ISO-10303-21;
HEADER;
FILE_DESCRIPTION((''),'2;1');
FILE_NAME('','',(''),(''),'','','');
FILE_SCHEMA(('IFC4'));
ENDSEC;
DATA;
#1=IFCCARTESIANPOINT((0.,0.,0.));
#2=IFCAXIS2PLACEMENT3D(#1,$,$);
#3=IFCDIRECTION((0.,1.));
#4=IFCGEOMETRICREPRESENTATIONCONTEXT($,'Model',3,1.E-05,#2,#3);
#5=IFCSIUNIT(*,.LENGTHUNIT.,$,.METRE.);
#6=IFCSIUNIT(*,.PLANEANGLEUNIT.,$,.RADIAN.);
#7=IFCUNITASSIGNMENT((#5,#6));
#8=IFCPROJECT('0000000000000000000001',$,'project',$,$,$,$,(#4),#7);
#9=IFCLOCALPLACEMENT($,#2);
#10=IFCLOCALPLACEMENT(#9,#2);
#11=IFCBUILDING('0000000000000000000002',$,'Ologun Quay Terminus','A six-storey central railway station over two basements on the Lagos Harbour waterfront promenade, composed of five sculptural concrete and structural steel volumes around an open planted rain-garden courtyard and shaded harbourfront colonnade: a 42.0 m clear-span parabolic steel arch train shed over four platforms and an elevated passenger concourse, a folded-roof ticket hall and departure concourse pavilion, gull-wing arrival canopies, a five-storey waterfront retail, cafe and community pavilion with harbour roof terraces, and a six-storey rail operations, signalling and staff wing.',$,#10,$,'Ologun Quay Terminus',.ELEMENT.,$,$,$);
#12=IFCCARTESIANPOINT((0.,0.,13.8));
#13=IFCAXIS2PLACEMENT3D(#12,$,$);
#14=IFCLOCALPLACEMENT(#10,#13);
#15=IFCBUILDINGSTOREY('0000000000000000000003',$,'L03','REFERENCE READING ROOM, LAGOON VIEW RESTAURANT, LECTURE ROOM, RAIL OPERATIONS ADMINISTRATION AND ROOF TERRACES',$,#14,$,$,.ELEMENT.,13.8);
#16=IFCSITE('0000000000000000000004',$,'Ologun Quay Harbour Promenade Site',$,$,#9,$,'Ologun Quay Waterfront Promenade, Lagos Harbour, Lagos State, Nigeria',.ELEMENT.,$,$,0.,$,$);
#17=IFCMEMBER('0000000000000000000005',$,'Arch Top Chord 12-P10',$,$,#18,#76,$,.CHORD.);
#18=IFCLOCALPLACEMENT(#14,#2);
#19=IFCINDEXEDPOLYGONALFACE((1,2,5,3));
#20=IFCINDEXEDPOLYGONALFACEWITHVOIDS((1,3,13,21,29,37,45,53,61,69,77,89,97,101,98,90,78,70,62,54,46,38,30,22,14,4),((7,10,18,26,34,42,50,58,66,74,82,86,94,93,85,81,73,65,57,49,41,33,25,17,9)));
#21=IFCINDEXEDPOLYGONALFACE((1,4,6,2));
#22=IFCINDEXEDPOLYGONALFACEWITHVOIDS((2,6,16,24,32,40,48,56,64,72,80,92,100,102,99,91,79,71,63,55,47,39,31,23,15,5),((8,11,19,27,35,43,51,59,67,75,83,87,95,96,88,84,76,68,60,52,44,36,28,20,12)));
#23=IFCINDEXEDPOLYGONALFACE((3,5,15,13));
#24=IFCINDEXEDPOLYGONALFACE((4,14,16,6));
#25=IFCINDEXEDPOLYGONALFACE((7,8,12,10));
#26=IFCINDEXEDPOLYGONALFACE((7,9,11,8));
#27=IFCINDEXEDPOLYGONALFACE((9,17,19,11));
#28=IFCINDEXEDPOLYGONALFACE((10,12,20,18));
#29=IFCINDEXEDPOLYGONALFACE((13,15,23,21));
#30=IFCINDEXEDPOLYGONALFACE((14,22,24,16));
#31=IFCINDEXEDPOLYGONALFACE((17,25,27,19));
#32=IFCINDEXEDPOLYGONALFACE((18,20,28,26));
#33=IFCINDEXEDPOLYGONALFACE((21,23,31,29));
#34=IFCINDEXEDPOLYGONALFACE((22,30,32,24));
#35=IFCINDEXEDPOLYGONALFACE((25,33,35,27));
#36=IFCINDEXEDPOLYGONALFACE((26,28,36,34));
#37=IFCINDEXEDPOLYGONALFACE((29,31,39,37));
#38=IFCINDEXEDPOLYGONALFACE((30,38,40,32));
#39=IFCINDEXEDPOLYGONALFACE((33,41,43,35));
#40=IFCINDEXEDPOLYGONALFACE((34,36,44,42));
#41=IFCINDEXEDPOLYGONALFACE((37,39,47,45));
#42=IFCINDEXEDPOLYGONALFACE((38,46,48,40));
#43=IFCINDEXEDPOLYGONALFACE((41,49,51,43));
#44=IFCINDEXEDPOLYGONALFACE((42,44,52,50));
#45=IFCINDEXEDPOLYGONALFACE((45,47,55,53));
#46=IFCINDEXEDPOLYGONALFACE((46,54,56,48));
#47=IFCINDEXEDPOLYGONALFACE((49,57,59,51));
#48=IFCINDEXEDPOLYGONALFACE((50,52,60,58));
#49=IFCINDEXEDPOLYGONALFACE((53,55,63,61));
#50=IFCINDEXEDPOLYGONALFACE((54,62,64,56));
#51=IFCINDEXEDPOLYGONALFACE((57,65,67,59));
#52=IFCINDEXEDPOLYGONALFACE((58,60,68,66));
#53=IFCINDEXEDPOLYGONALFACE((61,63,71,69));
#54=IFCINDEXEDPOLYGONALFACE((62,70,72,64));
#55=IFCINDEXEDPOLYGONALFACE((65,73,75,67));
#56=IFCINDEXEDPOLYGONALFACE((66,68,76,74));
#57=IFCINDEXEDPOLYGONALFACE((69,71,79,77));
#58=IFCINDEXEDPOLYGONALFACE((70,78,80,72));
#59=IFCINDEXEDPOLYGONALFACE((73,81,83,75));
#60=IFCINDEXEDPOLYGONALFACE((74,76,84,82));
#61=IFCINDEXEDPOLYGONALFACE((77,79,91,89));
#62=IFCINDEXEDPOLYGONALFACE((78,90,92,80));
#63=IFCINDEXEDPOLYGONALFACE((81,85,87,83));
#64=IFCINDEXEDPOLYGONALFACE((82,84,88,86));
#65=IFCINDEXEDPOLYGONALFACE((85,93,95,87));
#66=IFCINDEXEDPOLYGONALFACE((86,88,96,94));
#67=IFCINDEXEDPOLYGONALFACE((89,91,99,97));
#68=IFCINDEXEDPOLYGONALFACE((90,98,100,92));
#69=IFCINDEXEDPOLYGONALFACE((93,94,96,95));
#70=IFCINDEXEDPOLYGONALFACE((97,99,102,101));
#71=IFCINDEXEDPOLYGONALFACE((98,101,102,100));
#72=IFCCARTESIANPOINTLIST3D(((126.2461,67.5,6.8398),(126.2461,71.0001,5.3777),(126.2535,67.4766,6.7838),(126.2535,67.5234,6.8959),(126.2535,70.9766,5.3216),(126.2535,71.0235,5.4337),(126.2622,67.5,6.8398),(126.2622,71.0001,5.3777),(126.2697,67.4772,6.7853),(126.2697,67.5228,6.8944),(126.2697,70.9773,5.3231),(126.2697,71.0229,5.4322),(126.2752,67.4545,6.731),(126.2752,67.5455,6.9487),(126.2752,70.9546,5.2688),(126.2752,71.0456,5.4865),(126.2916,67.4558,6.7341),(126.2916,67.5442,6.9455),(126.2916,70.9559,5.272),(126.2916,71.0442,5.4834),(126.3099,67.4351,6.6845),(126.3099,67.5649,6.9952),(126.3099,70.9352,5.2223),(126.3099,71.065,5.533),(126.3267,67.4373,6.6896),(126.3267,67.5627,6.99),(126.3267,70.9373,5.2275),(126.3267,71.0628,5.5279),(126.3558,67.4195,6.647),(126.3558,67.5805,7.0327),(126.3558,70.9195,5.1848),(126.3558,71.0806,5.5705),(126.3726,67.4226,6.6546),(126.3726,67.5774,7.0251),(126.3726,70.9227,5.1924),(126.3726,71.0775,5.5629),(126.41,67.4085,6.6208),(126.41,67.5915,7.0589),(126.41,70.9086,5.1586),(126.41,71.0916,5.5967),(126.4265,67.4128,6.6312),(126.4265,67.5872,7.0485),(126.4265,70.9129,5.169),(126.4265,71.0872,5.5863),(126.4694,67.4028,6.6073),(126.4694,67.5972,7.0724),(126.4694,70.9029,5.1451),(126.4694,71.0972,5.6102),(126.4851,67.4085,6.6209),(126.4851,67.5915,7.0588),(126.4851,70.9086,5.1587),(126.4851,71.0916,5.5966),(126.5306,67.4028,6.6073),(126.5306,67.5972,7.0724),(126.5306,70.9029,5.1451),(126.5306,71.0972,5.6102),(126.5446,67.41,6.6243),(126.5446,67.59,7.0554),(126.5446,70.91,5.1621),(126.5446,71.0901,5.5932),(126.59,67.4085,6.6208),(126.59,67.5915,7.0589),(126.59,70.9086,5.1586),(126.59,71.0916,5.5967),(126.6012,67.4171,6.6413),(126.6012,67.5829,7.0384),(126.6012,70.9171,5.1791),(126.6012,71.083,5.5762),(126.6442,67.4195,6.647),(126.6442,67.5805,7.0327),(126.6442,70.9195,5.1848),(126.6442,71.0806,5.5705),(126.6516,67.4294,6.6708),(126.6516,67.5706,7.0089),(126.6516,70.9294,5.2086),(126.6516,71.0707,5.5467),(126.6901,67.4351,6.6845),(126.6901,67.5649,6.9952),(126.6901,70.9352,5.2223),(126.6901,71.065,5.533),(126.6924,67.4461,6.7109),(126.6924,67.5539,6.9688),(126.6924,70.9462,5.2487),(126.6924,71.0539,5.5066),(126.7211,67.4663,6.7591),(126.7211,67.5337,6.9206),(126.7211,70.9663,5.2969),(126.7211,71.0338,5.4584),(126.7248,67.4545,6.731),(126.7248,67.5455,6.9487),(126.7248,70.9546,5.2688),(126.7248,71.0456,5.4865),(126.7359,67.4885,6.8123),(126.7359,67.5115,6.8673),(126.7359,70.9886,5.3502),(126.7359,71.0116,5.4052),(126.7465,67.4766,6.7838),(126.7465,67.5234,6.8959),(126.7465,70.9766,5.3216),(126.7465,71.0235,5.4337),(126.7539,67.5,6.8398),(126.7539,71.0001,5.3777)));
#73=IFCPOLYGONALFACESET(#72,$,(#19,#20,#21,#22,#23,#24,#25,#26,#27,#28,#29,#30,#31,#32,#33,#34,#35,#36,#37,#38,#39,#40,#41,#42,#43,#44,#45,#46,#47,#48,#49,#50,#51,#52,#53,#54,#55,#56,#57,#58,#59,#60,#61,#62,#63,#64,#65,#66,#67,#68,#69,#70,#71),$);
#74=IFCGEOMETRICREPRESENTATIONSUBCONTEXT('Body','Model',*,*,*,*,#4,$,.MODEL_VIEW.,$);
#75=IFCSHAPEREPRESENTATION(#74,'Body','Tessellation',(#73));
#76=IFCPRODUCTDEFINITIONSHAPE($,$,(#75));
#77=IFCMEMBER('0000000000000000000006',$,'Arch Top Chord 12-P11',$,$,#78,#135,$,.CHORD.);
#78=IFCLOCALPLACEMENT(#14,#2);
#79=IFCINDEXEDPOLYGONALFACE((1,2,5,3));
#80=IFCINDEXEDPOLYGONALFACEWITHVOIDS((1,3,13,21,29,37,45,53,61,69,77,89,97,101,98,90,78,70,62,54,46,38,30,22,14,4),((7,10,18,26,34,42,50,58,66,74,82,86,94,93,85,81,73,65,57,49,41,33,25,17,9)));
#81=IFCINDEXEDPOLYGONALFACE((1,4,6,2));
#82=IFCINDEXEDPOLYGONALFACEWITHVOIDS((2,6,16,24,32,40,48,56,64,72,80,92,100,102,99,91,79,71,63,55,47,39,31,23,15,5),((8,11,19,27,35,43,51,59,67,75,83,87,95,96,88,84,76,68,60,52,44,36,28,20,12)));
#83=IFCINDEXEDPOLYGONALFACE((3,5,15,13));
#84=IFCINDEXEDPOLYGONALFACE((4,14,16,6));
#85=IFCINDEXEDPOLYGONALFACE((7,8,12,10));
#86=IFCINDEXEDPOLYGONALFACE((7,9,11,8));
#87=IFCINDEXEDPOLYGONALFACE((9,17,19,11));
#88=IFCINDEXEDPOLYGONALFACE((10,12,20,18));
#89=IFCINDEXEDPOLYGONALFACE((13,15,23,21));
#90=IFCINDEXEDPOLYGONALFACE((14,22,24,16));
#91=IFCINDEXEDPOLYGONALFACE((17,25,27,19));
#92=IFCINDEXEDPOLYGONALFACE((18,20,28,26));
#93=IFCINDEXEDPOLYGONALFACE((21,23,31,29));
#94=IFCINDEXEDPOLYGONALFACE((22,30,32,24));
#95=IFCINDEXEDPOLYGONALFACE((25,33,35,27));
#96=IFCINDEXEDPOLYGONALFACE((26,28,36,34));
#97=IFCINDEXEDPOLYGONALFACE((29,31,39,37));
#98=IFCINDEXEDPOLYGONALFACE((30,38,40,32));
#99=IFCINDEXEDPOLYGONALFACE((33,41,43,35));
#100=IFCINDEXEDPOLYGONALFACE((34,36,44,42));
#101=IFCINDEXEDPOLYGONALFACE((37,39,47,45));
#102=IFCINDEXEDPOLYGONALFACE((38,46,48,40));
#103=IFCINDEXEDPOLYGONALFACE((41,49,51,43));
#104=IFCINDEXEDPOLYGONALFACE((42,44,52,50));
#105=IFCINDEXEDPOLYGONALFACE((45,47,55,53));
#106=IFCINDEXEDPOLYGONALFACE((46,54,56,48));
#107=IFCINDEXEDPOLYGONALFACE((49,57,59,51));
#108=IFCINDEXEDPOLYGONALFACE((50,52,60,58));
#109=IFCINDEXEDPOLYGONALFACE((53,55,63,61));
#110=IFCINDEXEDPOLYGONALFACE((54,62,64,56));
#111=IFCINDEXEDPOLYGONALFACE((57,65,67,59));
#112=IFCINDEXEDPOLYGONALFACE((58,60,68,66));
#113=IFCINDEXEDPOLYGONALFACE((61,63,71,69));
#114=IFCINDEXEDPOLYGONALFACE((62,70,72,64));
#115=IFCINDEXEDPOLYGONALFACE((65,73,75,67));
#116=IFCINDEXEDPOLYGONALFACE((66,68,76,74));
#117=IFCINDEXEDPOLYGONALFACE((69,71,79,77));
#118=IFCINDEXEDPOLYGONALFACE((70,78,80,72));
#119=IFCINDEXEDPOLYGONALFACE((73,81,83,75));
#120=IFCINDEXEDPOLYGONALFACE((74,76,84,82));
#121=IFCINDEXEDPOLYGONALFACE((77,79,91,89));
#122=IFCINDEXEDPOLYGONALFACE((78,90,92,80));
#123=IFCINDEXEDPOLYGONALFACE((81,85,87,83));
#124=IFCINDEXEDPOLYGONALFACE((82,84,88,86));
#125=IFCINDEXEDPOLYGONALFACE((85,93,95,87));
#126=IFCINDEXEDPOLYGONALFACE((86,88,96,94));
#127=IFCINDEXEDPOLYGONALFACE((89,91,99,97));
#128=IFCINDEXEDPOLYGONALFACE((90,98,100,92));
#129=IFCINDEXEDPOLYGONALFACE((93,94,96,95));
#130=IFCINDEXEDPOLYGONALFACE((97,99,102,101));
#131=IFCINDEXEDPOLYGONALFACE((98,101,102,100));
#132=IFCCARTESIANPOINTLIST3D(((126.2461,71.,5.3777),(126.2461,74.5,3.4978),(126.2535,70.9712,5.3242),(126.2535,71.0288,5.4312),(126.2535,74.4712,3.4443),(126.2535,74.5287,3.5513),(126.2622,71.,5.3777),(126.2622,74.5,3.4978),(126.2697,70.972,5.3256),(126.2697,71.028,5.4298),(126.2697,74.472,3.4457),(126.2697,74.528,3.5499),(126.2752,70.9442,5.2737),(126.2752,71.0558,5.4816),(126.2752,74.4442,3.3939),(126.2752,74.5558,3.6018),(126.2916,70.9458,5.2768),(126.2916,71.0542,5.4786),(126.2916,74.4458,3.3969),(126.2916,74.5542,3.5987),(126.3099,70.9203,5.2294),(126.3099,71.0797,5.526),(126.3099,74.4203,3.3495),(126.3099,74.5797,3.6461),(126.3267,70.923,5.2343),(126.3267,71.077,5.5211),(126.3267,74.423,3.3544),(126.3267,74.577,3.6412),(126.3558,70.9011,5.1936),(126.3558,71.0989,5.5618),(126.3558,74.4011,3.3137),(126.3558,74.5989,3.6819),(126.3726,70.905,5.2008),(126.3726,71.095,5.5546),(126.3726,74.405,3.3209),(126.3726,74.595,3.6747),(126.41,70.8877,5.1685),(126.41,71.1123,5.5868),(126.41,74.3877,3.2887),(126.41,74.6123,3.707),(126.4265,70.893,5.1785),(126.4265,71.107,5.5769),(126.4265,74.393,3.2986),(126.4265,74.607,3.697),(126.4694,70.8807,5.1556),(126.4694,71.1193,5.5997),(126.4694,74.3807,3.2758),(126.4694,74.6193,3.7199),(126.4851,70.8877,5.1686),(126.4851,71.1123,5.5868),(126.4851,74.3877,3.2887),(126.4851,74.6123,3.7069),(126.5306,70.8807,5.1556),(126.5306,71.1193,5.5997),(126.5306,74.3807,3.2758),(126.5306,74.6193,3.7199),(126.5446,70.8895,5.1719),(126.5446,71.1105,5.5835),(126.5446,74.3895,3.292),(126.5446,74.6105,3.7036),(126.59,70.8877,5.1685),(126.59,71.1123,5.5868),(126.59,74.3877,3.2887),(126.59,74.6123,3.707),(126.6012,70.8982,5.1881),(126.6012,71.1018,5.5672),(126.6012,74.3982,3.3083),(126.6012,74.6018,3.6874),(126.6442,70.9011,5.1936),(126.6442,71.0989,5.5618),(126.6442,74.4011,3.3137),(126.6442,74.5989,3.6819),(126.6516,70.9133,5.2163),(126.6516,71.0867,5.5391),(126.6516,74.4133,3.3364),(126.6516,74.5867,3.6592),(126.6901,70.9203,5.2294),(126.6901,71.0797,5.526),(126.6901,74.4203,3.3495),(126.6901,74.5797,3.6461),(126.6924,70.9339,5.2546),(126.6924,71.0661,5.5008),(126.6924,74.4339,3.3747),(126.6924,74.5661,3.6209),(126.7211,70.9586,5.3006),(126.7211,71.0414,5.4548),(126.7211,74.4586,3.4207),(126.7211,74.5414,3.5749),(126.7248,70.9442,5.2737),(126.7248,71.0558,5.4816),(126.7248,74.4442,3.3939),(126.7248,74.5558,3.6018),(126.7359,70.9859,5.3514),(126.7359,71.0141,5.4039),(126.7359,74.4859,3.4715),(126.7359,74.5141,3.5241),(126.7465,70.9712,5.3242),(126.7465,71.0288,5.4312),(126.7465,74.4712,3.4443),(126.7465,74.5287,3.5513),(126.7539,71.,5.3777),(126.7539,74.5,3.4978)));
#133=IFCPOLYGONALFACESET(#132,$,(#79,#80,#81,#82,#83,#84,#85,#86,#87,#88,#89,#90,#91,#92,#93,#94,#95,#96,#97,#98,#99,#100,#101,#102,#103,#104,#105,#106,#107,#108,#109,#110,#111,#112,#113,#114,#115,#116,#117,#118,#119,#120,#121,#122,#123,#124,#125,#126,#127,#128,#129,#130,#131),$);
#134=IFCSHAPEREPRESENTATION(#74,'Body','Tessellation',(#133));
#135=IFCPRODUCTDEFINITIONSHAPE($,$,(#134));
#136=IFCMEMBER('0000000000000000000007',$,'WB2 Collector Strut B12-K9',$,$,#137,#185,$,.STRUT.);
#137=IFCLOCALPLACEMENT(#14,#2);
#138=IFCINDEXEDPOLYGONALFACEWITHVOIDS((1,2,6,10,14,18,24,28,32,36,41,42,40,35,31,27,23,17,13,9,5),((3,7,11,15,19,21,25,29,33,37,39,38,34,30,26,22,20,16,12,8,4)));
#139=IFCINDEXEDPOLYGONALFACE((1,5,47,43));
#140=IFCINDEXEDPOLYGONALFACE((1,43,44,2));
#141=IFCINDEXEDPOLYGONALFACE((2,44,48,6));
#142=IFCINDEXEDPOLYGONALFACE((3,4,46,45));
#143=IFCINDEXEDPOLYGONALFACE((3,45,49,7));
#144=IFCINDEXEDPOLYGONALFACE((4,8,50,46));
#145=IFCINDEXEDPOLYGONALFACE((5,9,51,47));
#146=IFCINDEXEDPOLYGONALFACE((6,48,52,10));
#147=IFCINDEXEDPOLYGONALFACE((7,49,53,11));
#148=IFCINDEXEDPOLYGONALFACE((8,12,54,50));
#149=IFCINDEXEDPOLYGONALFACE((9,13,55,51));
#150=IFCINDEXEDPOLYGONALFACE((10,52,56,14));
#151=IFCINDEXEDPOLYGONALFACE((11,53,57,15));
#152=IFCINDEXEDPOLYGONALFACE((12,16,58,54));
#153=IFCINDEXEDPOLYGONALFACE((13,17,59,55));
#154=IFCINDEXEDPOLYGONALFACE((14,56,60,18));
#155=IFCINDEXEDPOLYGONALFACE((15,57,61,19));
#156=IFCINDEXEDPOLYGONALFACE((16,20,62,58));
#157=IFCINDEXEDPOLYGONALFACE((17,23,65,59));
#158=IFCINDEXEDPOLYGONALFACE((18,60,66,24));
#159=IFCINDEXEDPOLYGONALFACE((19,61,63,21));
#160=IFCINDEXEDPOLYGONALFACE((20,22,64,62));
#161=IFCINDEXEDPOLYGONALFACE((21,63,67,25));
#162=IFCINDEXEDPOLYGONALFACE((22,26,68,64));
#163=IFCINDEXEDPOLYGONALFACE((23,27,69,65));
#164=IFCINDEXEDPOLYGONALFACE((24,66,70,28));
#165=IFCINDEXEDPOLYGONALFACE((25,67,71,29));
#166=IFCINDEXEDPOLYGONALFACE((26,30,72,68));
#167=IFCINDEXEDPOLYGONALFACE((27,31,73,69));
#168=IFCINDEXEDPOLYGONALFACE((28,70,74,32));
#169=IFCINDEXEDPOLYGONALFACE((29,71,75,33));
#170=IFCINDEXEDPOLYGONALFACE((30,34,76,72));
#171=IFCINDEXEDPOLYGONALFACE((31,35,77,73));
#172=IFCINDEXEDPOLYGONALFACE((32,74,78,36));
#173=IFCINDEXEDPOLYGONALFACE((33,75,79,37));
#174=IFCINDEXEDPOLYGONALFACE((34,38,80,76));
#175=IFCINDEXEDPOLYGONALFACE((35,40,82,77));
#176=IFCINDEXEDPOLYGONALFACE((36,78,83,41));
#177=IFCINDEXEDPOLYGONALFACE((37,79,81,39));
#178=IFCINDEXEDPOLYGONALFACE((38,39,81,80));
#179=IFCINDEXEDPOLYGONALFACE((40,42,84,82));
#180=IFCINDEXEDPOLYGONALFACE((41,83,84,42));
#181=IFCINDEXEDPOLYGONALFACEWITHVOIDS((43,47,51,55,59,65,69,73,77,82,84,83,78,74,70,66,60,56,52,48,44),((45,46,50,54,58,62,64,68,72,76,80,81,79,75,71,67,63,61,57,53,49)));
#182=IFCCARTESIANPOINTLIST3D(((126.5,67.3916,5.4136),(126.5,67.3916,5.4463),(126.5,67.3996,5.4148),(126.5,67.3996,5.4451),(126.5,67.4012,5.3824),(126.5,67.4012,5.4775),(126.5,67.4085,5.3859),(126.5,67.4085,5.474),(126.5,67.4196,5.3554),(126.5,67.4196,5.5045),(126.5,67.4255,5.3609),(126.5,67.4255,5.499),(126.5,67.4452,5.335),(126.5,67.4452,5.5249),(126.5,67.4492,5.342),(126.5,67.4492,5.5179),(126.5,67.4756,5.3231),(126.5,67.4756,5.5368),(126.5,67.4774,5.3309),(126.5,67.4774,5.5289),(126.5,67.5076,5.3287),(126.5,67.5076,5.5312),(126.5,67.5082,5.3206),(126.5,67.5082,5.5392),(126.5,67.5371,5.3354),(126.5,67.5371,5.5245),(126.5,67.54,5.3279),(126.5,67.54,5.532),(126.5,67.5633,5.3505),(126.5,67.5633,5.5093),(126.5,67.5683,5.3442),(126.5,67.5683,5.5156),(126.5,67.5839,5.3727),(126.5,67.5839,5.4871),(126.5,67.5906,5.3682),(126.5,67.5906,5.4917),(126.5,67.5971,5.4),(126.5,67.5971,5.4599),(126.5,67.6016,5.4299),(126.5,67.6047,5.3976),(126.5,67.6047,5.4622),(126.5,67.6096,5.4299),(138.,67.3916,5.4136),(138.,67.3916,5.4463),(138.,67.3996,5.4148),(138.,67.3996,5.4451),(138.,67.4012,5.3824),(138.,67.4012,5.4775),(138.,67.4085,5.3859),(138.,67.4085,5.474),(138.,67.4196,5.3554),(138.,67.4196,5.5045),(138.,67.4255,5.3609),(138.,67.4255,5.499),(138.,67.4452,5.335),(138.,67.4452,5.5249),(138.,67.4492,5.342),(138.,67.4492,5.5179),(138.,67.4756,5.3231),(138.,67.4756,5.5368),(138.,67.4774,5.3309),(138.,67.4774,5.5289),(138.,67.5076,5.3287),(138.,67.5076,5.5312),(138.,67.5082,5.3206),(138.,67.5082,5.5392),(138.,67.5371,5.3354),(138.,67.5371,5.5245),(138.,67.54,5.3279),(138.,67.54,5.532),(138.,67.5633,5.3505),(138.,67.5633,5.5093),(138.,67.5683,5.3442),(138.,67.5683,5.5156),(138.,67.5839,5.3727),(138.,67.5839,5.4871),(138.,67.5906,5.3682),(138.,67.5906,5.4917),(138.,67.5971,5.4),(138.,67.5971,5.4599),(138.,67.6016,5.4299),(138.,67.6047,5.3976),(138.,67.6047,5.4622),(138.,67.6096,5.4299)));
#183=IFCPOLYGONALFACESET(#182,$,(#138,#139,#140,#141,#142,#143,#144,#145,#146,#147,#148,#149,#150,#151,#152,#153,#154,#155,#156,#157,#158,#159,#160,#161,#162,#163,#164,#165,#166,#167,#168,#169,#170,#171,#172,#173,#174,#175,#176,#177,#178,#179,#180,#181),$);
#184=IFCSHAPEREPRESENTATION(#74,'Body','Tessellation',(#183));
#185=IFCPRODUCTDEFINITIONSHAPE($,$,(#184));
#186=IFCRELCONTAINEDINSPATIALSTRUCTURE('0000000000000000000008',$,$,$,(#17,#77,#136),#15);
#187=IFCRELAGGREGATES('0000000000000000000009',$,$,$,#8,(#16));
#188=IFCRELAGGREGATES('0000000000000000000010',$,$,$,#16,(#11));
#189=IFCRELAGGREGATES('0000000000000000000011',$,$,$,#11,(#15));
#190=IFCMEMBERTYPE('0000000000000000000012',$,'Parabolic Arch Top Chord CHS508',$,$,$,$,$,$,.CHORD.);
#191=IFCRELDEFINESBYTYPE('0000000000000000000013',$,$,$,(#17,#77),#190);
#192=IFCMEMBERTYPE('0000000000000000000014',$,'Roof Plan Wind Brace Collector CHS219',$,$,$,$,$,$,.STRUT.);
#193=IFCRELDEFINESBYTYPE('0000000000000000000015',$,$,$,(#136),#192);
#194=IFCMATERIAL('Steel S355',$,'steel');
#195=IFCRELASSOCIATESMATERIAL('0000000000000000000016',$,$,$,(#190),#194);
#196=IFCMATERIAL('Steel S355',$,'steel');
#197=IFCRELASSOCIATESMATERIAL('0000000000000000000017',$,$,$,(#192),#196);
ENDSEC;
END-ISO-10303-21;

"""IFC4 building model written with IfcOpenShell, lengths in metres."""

from ifc_helpers import new_model, si_unit, direction, frame, origin, origin_2d, place, context, subcontext, project, spatial, hollow_circle, extrude, material, material_profile, profile_set, type_object, element, save


model = new_model("IFC4")

# Units and contexts
model_context = context("Model", 3, precision=1e-05, world=origin(), true_north=direction((0.0, 1.0)))
body_context = subcontext(model_context, "Body", "Model", "MODEL_VIEW")
ifc_project = project(units=[si_unit("LENGTHUNIT", "METRE"), si_unit("PLANEANGLEUNIT", "RADIAN")], contexts=[model_context])

# Site, building, storey
site_placement = place(None, origin())
site = spatial("IfcSite", under=ifc_project, at=site_placement, Name="Ologun Quay Harbour Promenade Site", LongName="Ologun Quay Waterfront Promenade, Lagos Harbour, Lagos State, Nigeria", CompositionType="ELEMENT", RefElevation=0.0)
building_placement = place(site_placement, origin())
building = spatial("IfcBuilding", under=site, at=building_placement, Name="Ologun Quay Terminus", Description="A six-storey central railway station over two basements on the Lagos Harbour waterfront promenade, composed of five sculptural concrete and structural steel volumes around an open planted rain-garden courtyard and shaded harbourfront colonnade: a 42.0 m clear-span parabolic steel arch train shed over four platforms and an elevated passenger concourse, a folded-roof ticket hall and departure concourse pavilion, gull-wing arrival canopies, a five-storey waterfront retail, cafe and community pavilion with harbour roof terraces, and a six-storey rail operations, signalling and staff wing.", LongName="Ologun Quay Terminus", CompositionType="ELEMENT")
storey_placement = place(building_placement, frame((0.0, 0.0, 13.8)))
storey = spatial("IfcBuildingStorey", under=building, at=storey_placement, Name="L03", Description="REFERENCE READING ROOM, LAGOON VIEW RESTAURANT, LECTURE ROOM, RAIL OPERATIONS ADMINISTRATION AND ROOF TERRACES", CompositionType="ELEMENT", Elevation=13.8)

# Members
ifc_material_1 = material(Name="Steel S355", Category="steel")
ifc_material_profile_1 = material_profile(ifc_material_1, hollow_circle(Radius=0.2539, WallThickness=0.0161, at=origin_2d()), Name="CHS 508x16")
ifc_profile_set_1 = profile_set([ifc_material_profile_1], Name="Steel S355")
member_type_1 = type_object("IfcMemberType", Name="Parabolic Arch Top Chord CHS508", PredefinedType="CHORD", material=ifc_profile_set_1)
member_1_placement = place(storey_placement, frame((126.5, 67.5, 6.8398), z_axis=(0.0, 0.922719, -0.385474), x_axis=(-1.0, 0.0, 0.0)))
element("IfcMember", 1, at=member_1_placement, inside=storey, type_object=member_type_1, Name="Arch Top Chord 12-P10", PredefinedType="CHORD", context=body_context, shape_type="SweptSolid", body=[
    extrude(hollow_circle(Radius=0.2539, WallThickness=0.0161, at=origin_2d()), origin(), (0.0, 0.0, 1.0), 3.7932),
])
member_2_placement = place(storey_placement, frame((126.5, 71.0, 5.3777), z_axis=(0.0, 0.880968, -0.473176), x_axis=(-1.0, 0.0, 0.0)))
element("IfcMember", 2, at=member_2_placement, inside=storey, type_object=member_type_1, Name="Arch Top Chord 12-P11", PredefinedType="CHORD", context=body_context, shape_type="SweptSolid", body=[
    extrude(hollow_circle(Radius=0.2539, WallThickness=0.0161, at=origin_2d()), origin(), (0.0, 0.0, 1.0), 3.9729),
])
ifc_material_2 = material(Name="Steel S355", Category="steel")
ifc_material_profile_2 = material_profile(ifc_material_2, hollow_circle(Radius=0.1096, WallThickness=0.0081, at=origin_2d()), Name="CHS 219.1x8")
ifc_profile_set_2 = profile_set([ifc_material_profile_2], Name="Steel S355")
member_type_2 = type_object("IfcMemberType", Name="Roof Plan Wind Brace Collector CHS219", PredefinedType="STRUT", material=ifc_profile_set_2)
member_3_placement = place(storey_placement, frame((126.5, 67.5, 5.4299), z_axis=(1.0, 0.0, 0.0), x_axis=(0.0, 1.0, 0.0)))
element("IfcMember", 3, at=member_3_placement, inside=storey, type_object=member_type_2, Name="WB2 Collector Strut B12-K9", PredefinedType="STRUT", context=body_context, shape_type="SweptSolid", body=[
    extrude(hollow_circle(Radius=0.1096, WallThickness=0.0081, at=origin_2d()), origin(), (0.0, 0.0, 1.0), 11.5),
])

save(model, "model.ifc")
